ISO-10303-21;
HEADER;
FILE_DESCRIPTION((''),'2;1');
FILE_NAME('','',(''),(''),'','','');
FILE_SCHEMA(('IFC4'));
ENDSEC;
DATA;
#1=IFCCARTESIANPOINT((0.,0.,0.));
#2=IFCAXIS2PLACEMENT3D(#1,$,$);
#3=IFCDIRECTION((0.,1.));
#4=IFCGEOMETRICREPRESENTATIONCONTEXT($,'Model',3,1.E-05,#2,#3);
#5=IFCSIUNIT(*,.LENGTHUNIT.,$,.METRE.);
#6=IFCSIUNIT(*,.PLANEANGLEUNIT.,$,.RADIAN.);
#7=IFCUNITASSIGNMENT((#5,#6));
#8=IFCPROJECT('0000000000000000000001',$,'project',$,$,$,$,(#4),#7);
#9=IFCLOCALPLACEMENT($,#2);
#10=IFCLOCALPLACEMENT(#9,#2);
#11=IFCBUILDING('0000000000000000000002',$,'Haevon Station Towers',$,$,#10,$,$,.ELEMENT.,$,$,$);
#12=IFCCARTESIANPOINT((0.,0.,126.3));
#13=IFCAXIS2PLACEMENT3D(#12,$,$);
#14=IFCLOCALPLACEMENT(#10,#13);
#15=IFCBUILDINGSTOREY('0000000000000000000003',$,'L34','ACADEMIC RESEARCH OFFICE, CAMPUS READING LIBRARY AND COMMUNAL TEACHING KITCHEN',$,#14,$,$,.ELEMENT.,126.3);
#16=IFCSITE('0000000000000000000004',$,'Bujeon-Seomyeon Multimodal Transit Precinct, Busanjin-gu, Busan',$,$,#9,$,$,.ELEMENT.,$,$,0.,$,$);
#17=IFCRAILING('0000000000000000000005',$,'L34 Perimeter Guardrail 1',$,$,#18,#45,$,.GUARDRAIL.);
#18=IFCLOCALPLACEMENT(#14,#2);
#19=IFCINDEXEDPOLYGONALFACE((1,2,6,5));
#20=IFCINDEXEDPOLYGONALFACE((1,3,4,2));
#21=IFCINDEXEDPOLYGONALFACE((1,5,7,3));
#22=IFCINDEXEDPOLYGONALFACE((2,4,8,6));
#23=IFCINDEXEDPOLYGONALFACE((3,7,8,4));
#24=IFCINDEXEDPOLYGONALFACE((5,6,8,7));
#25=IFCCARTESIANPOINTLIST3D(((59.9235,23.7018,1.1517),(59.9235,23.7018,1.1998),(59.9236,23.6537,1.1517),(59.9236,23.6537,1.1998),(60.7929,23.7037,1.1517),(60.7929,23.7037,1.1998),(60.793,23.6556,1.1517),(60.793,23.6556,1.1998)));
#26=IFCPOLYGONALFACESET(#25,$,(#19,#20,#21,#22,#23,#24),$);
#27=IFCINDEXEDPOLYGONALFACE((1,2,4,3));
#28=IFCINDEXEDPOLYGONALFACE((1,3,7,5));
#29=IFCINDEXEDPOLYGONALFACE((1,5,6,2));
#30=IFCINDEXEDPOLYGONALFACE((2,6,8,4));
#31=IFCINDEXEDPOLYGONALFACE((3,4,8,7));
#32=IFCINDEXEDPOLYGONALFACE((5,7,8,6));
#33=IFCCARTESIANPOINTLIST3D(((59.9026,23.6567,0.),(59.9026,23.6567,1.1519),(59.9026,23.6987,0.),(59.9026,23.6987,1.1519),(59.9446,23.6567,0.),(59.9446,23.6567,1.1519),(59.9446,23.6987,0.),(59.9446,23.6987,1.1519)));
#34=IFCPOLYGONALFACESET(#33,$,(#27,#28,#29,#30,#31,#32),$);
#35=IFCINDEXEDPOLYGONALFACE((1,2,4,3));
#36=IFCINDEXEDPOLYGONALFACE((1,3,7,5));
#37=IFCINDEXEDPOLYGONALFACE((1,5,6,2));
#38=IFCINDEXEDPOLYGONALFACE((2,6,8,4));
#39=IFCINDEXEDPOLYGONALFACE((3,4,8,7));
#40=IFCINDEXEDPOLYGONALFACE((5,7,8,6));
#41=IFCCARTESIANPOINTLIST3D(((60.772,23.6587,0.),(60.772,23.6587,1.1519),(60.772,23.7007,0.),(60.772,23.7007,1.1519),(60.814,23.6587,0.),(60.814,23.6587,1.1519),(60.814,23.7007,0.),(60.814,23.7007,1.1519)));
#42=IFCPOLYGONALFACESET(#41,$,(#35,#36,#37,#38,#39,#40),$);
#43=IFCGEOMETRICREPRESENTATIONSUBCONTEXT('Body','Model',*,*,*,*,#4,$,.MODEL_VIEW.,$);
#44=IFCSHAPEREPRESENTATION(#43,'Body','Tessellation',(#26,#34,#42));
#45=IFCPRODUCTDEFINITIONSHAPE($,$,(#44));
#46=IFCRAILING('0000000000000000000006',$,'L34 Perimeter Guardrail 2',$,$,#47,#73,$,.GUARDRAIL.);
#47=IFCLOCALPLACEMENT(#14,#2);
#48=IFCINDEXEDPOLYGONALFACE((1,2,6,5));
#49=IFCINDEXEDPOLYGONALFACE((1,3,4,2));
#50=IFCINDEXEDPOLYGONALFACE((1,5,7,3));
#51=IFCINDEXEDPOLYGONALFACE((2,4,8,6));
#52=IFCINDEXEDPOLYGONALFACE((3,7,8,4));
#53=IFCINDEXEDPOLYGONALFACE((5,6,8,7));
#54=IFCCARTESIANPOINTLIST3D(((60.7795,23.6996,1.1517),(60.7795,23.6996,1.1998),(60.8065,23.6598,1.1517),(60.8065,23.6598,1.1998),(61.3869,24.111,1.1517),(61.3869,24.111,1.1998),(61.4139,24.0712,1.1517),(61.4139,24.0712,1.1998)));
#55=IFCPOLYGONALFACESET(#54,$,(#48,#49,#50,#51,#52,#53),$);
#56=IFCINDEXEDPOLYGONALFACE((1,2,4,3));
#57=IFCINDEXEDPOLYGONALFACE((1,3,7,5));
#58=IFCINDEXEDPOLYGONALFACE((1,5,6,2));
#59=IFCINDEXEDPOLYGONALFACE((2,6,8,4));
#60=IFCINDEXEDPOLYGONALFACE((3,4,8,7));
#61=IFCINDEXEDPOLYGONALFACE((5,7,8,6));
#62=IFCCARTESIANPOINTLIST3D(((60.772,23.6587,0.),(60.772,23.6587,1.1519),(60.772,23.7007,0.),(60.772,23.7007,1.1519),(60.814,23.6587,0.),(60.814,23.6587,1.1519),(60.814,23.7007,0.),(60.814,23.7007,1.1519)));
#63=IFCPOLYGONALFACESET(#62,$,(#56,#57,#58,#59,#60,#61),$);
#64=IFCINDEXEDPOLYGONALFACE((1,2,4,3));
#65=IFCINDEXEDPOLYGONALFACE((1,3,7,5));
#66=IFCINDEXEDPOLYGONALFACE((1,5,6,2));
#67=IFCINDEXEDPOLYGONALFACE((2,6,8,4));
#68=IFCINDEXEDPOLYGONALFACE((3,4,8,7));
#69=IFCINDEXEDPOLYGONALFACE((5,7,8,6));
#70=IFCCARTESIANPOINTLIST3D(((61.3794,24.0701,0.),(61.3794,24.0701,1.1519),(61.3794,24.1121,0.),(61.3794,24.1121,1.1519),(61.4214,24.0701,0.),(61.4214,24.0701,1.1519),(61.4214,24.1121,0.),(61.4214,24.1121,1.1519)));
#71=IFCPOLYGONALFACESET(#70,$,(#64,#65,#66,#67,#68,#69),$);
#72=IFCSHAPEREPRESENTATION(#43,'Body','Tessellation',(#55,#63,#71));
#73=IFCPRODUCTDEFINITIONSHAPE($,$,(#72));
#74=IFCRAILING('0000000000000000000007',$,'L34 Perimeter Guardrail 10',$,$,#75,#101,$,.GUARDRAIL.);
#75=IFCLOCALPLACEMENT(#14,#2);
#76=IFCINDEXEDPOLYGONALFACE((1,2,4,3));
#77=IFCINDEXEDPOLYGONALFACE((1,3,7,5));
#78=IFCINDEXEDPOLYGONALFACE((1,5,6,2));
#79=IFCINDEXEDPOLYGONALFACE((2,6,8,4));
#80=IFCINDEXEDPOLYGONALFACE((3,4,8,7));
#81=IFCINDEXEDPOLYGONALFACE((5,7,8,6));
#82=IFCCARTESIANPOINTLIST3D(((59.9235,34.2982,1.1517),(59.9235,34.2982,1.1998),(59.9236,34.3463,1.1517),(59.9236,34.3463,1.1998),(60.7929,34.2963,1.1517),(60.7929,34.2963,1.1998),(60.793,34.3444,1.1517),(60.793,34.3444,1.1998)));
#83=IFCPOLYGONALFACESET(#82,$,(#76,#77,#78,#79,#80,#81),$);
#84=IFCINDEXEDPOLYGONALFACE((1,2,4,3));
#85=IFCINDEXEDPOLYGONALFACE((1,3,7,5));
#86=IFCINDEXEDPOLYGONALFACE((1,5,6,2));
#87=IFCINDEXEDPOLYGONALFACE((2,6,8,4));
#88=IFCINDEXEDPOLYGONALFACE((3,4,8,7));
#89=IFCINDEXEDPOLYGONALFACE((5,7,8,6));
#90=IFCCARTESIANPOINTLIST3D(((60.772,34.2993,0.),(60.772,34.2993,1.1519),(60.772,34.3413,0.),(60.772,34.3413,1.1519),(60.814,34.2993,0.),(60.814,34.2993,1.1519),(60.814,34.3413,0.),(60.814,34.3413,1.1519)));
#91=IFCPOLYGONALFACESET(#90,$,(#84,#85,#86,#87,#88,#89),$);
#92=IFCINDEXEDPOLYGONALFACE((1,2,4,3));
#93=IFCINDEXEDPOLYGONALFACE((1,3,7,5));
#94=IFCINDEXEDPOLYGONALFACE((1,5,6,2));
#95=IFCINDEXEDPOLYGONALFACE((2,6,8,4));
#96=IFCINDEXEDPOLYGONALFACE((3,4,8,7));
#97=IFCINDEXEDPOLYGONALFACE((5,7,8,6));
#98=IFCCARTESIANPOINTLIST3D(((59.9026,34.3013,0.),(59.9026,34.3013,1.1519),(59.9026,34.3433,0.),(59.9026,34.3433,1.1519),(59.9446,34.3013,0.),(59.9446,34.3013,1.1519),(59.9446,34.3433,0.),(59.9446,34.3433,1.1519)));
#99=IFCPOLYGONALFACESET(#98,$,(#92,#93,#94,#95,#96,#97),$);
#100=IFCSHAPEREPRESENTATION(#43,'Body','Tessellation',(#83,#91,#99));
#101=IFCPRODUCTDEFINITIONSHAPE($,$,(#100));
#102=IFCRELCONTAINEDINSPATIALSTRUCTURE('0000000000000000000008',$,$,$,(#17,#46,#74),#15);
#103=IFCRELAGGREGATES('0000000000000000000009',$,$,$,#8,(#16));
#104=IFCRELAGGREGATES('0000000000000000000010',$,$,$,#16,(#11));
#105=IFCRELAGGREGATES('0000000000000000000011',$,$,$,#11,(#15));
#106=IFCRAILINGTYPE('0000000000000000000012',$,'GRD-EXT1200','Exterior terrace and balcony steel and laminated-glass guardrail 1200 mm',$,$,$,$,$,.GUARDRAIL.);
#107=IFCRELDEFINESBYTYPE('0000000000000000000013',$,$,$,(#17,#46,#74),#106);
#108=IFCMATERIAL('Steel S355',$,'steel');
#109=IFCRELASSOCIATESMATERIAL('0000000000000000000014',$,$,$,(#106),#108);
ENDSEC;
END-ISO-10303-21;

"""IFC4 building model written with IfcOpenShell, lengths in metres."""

from ifc_helpers import new_model, si_unit, direction, frame, origin, origin_2d, place, context, subcontext, project, spatial, rectangle, extrude, material, type_object, element, save


model = new_model("IFC4")

# Units and contexts
model_context = context("Model", 3, precision=1e-05, world=origin(), true_north=direction((0.0, 1.0)))
body_context = subcontext(model_context, "Body", "Model", "MODEL_VIEW")
ifc_project = project(units=[si_unit("LENGTHUNIT", "METRE"), si_unit("PLANEANGLEUNIT", "RADIAN")], contexts=[model_context])

# Site, building, storey
site_placement = place(None, origin())
site = spatial("IfcSite", under=ifc_project, at=site_placement, Name="Bujeon-Seomyeon Multimodal Transit Precinct, Busanjin-gu, Busan", CompositionType="ELEMENT", RefElevation=0.0)
building_placement = place(site_placement, origin())
building = spatial("IfcBuilding", under=site, at=building_placement, Name="Haevon Station Towers", CompositionType="ELEMENT")
storey_placement = place(building_placement, frame((0.0, 0.0, 126.3)))
storey = spatial("IfcBuildingStorey", under=building, at=storey_placement, Name="L34", Description="ACADEMIC RESEARCH OFFICE, CAMPUS READING LIBRARY AND COMMUNAL TEACHING KITCHEN", CompositionType="ELEMENT", Elevation=126.3)

# Shared definitions
ifc_material_1 = material(Name="Steel S355", Category="steel")

# Railings
railing_type = type_object("IfcRailingType", Name="GRD-EXT1200", Description="Exterior terrace and balcony steel and laminated-glass guardrail 1200 mm", PredefinedType="GUARDRAIL", material=ifc_material_1)
railing_1_placement = place(storey_placement, frame((59.9236, 23.6777, 0.0)))
element("IfcRailing", 1, at=railing_1_placement, inside=storey, type_object=railing_type, Name="L34 Perimeter Guardrail 1", PredefinedType="GUARDRAIL", context=body_context, shape_type="SweptSolid", body=[
    extrude(rectangle(XDim=0.0481, YDim=0.0481, at=origin_2d()), frame((0.0, 0.0, 1.1758), z_axis=(0.999997, 0.002247, 0.0), x_axis=(-0.002247, 0.999997, 0.0)), (0.0, 0.0, 1.0), 0.8694),
    extrude(rectangle(XDim=0.042, YDim=0.042, at=origin_2d()), origin(), (0.0, 0.0, 1.0), 1.1519),
    extrude(rectangle(XDim=0.042, YDim=0.042, at=origin_2d()), frame((0.8694, 0.002, 0.0)), (0.0, 0.0, 1.0), 1.1519),
])
railing_2_placement = place(storey_placement, frame((60.793, 23.6797, 0.0)))
element("IfcRailing", 2, at=railing_2_placement, inside=storey, type_object=railing_type, Name="L34 Perimeter Guardrail 2", PredefinedType="GUARDRAIL", context=body_context, shape_type="SweptSolid", body=[
    extrude(rectangle(XDim=0.0481, YDim=0.0481, at=origin_2d()), frame((0.0, 0.0, 1.1758), z_axis=(0.827983, 0.560752, 0.0), x_axis=(-0.560752, 0.827983, 0.0)), (0.0, 0.0, 1.0), 0.7336),
    extrude(rectangle(XDim=0.042, YDim=0.042, at=origin_2d()), origin(), (0.0, 0.0, 1.0), 1.1519),
    extrude(rectangle(XDim=0.042, YDim=0.042, at=origin_2d()), frame((0.6074, 0.4114, 0.0)), (0.0, 0.0, 1.0), 1.1519),
])
railing_3_placement = place(storey_placement, frame((60.793, 34.3203, 0.0)))
element("IfcRailing", 3, at=railing_3_placement, inside=storey, type_object=railing_type, Name="L34 Perimeter Guardrail 10", PredefinedType="GUARDRAIL", context=body_context, shape_type="SweptSolid", body=[
    extrude(rectangle(XDim=0.0481, YDim=0.0481, at=origin_2d()), frame((0.0, 0.0, 1.1758), z_axis=(-0.999997, 0.002247, 0.0), x_axis=(-0.002247, -0.999997, 0.0)), (0.0, 0.0, 1.0), 0.8694),
    extrude(rectangle(XDim=0.042, YDim=0.042, at=origin_2d()), origin(), (0.0, 0.0, 1.0), 1.1519),
    extrude(rectangle(XDim=0.042, YDim=0.042, at=origin_2d()), frame((-0.8694, 0.002, 0.0)), (0.0, 0.0, 1.0), 1.1519),
])

save(model, "model.ifc")
